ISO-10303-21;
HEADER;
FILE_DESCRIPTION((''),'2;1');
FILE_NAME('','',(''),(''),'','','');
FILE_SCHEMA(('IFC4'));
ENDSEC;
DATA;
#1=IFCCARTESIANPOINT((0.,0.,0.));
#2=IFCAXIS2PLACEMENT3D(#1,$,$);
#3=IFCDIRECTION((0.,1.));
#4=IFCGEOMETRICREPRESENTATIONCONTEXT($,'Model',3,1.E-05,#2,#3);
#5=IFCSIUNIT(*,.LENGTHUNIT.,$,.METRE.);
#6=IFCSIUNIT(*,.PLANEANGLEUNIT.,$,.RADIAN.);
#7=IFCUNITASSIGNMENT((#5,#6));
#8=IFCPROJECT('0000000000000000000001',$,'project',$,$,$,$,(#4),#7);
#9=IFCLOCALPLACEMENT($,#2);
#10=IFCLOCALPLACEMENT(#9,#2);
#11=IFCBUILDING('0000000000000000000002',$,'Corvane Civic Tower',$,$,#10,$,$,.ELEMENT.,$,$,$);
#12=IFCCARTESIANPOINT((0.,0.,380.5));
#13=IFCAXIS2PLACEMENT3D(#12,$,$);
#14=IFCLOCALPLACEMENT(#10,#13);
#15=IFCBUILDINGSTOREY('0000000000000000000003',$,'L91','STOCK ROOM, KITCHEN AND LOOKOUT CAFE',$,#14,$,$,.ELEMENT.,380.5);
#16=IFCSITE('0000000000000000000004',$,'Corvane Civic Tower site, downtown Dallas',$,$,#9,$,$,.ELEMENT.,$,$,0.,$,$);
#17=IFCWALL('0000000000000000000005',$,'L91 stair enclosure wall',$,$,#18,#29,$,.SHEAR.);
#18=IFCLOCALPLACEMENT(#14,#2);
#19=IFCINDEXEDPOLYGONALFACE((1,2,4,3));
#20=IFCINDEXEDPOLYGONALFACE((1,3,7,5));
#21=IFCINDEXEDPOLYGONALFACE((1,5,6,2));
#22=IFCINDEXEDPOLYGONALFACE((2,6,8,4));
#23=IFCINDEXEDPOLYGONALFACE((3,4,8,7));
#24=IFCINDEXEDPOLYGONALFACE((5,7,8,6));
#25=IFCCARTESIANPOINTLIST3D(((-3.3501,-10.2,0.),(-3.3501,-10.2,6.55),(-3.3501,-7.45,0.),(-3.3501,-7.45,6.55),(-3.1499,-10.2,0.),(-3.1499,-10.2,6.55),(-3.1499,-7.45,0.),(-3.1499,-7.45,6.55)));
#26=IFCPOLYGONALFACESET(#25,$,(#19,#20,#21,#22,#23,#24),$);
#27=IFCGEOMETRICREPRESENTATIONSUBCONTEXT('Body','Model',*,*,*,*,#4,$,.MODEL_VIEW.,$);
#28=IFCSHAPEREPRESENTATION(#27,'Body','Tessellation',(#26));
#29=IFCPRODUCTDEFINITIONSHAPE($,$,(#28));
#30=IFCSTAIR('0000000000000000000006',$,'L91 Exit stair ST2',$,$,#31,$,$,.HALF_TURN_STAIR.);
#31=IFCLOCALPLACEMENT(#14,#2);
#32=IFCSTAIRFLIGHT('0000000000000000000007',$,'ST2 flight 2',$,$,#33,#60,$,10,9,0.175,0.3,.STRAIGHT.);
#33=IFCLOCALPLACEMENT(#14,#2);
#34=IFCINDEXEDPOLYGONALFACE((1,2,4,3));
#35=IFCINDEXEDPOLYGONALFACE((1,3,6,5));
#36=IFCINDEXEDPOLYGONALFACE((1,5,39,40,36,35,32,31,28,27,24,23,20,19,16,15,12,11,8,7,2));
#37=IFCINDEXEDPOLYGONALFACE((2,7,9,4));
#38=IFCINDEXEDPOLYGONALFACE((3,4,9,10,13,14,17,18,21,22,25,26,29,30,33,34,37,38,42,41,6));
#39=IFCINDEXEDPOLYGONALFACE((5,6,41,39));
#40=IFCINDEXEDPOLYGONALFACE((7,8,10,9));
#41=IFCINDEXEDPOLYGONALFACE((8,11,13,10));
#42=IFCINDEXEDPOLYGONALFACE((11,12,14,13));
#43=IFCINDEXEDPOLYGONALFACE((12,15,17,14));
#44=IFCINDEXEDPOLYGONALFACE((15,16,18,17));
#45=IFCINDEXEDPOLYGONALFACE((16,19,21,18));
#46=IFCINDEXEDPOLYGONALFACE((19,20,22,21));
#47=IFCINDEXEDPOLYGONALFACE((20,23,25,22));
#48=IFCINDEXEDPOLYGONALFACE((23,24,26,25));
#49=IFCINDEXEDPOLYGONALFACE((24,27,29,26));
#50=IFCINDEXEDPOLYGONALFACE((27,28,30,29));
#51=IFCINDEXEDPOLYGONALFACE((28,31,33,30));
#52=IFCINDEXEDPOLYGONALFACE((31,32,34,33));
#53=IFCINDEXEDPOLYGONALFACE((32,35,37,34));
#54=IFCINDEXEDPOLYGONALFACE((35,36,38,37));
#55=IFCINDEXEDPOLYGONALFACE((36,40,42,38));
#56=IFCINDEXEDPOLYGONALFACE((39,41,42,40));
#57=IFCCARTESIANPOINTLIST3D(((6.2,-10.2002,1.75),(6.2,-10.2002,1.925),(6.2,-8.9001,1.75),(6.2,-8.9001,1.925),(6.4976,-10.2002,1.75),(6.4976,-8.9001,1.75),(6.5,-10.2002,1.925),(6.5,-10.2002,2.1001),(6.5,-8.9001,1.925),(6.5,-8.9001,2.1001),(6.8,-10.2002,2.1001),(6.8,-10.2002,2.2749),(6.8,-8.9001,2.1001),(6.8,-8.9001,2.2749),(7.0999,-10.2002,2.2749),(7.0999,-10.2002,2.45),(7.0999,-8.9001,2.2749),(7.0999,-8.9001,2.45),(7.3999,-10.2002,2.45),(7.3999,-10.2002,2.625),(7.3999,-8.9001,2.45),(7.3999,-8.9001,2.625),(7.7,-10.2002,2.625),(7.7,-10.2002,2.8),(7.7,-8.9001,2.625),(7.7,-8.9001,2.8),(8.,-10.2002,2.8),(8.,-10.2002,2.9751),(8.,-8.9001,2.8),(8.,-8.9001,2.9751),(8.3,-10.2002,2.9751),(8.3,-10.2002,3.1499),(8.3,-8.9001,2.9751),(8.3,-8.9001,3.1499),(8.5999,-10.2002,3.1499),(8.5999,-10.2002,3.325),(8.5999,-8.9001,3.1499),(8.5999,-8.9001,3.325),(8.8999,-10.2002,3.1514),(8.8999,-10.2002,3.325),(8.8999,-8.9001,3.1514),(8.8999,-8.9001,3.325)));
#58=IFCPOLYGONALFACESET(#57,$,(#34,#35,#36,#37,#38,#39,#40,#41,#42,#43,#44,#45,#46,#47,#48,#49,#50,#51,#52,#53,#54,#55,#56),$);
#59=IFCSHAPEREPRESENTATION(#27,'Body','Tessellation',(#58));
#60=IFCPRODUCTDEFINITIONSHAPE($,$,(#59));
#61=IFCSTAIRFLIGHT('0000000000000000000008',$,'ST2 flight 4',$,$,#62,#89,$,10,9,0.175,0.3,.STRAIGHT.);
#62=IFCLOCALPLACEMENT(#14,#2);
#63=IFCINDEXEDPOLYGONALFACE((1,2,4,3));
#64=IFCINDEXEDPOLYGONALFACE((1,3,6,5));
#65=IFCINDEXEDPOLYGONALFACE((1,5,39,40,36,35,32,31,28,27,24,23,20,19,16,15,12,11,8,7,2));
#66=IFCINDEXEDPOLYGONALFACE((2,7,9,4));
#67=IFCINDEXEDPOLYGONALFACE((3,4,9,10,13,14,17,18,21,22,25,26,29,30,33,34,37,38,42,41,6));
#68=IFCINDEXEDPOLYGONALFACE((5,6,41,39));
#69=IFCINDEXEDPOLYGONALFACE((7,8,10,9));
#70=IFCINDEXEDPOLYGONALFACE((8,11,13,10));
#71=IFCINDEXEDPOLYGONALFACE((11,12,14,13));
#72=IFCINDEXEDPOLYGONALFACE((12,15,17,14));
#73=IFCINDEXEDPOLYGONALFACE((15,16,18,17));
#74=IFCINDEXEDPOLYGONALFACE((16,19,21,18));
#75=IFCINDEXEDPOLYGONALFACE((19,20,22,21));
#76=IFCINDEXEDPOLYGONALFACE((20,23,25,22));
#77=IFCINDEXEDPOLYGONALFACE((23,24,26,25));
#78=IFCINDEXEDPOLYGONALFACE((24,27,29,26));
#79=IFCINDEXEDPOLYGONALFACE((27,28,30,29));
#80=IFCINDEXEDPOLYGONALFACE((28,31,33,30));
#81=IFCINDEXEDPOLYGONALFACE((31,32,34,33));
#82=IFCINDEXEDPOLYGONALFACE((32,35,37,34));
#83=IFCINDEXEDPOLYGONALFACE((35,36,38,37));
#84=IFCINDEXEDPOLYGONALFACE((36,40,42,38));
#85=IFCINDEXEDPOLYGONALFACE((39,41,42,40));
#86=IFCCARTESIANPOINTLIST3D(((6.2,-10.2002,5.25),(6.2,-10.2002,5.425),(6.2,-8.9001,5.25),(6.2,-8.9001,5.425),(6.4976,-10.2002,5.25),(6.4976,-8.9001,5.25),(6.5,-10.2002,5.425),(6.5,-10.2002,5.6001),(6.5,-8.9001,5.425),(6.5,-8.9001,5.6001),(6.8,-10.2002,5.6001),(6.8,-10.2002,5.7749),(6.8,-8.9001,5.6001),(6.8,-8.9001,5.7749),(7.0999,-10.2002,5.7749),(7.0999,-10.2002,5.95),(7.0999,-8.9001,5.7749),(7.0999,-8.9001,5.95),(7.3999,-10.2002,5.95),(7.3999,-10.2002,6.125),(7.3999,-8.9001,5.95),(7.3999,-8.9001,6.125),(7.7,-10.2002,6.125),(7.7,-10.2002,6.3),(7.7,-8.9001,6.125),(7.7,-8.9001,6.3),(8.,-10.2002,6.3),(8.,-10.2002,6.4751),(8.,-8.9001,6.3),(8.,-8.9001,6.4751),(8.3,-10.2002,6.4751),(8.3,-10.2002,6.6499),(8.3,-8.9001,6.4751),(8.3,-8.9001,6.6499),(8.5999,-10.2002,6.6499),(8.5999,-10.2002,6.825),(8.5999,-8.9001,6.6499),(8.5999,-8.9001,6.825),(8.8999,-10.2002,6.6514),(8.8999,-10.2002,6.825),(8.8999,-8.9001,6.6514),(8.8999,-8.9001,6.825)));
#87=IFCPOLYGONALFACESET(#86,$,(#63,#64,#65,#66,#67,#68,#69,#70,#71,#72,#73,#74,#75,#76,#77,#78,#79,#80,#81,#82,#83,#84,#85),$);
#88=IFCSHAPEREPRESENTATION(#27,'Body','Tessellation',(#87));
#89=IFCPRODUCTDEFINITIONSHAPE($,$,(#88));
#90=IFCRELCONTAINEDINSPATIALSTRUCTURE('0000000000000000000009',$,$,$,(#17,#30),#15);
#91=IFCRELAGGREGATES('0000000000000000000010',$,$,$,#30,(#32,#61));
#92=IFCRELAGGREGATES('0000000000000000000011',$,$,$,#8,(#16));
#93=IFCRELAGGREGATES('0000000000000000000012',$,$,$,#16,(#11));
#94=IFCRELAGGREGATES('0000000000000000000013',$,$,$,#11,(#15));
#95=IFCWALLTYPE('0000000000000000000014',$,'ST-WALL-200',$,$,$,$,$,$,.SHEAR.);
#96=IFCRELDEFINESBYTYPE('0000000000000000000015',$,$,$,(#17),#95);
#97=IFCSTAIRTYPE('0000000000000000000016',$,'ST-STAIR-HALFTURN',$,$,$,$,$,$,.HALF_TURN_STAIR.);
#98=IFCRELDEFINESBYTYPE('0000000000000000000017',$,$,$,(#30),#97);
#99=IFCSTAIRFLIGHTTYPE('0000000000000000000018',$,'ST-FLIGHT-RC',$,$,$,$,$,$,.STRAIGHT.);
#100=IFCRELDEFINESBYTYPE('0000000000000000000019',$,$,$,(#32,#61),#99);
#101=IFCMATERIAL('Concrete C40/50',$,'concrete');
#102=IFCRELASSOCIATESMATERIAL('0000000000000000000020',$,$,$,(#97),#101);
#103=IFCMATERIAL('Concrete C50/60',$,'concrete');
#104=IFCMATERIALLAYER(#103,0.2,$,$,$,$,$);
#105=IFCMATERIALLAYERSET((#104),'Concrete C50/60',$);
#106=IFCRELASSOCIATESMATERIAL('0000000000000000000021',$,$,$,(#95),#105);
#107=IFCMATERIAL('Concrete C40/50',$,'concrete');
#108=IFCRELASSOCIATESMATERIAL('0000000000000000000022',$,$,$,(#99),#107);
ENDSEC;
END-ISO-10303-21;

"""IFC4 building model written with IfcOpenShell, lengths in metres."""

from ifc_helpers import new_model, si_unit, direction, frame, origin, place, context, subcontext, project, spatial, polyline, outline, extrude, material, layer, layer_set, type_object, element, aggregate, save


model = new_model("IFC4")

# Units and contexts
model_context = context("Model", 3, precision=1e-05, world=origin(), true_north=direction((0.0, 1.0)))
body_context = subcontext(model_context, "Body", "Model", "MODEL_VIEW")
ifc_project = project(units=[si_unit("LENGTHUNIT", "METRE"), si_unit("PLANEANGLEUNIT", "RADIAN")], contexts=[model_context])

# Site, building, storey
site_placement = place(None, origin())
site = spatial("IfcSite", under=ifc_project, at=site_placement, Name="Corvane Civic Tower site, downtown Dallas", CompositionType="ELEMENT", RefElevation=0.0)
building_placement = place(site_placement, origin())
building = spatial("IfcBuilding", under=site, at=building_placement, Name="Corvane Civic Tower", CompositionType="ELEMENT")
storey_placement = place(building_placement, frame((0.0, 0.0, 380.5)))
storey = spatial("IfcBuildingStorey", under=building, at=storey_placement, Name="L91", Description="STOCK ROOM, KITCHEN AND LOOKOUT CAFE", CompositionType="ELEMENT", Elevation=380.5)

# Shared definitions
ifc_material_1 = material(Name="Concrete C40/50", Category="concrete")
stair_type = type_object("IfcStairType", Name="ST-STAIR-HALFTURN", PredefinedType="HALF_TURN_STAIR", material=ifc_material_1)

# Shared definitions
ifc_material_2 = material(Name="Concrete C50/60", Category="concrete")
ifc_layer_1 = layer(ifc_material_2, 0.2)
ifc_layer_set_1 = layer_set([ifc_layer_1], Name="Concrete C50/60")
wall_type_1 = type_object("IfcWallType", Name="ST-WALL-200", PredefinedType="SHEAR", material=ifc_layer_set_1)

# Wall
wall_1_placement = place(storey_placement, origin())
element("IfcWall", 1, at=wall_1_placement, inside=storey, type_object=wall_type_1, Name="L91 stair enclosure wall", PredefinedType="SHEAR", context=body_context, shape_type="SweptSolid", body=[
    extrude(outline(polyline([(-3.1499, -7.45), (-3.1499, -10.2), (-3.3501, -10.2), (-3.3501, -7.45), (-3.1499, -7.45)])), origin(), (0.0, 0.0, 1.0), 6.55),
])

# Stair, stair flights
stair_1_placement = place(storey_placement, origin())
stair_1 = element("IfcStair", 2, at=stair_1_placement, inside=storey, type_object=stair_type, Name="L91 Exit stair ST2", PredefinedType="HALF_TURN_STAIR")
ifc_material_3 = material(Name="Concrete C40/50", Category="concrete")
stair_flight_type = type_object("IfcStairFlightType", Name="ST-FLIGHT-RC", PredefinedType="STRAIGHT", material=ifc_material_3)
stair_flight_1_placement = place(storey_placement, frame((6.2, -9.55, 1.75), z_axis=(0.0, 0.0, 1.0), x_axis=(1.0, 0.0, 0.0)))
stair_flight_1 = element("IfcStairFlight", 3, at=stair_flight_1_placement, type_object=stair_flight_type, Name="ST2 flight 2", NumberOfRisers=10, NumberOfTreads=9, PredefinedType="STRAIGHT", RiserHeight=0.175, TreadLength=0.3, context=body_context, shape_type="SweptSolid", body=[
    extrude(outline(polyline([(0.0, 0.0), (0.0, 0.175), (0.3, 0.175), (0.3, 0.3501), (0.6001, 0.3501), (0.6001, 0.5249), (0.8999, 0.5249), (0.8999, 0.7), (1.2, 0.7), (1.2, 0.875), (1.5, 0.875), (1.5, 1.05), (1.8, 1.05), (1.8, 1.2251), (2.1001, 1.2251), (2.1001, 1.3999), (2.3999, 1.3999), (2.3999, 1.575), (2.7, 1.575), (2.7, 1.75), (2.7, 1.4014), (0.2976, 0.0), (0.0, 0.0)])), frame((0.0, 0.6499, 0.0), z_axis=(0.0, -1.0, 0.0), x_axis=(1.0, 0.0, 0.0)), (0.0, 0.0, 1.0), 1.3),
])
stair_flight_2_placement = place(storey_placement, frame((6.2, -9.55, 5.25), z_axis=(0.0, 0.0, 1.0), x_axis=(1.0, 0.0, 0.0)))
stair_flight_2 = element("IfcStairFlight", 4, at=stair_flight_2_placement, type_object=stair_flight_type, Name="ST2 flight 4", NumberOfRisers=10, NumberOfTreads=9, PredefinedType="STRAIGHT", RiserHeight=0.175, TreadLength=0.3, context=body_context, shape_type="SweptSolid", body=[
    extrude(outline(polyline([(0.0, 0.0), (0.0, 0.175), (0.3, 0.175), (0.3, 0.3501), (0.6001, 0.3501), (0.6001, 0.5249), (0.8999, 0.5249), (0.8999, 0.7), (1.2, 0.7), (1.2, 0.875), (1.5, 0.875), (1.5, 1.05), (1.8, 1.05), (1.8, 1.2251), (2.1001, 1.2251), (2.1001, 1.3999), (2.3999, 1.3999), (2.3999, 1.575), (2.7, 1.575), (2.7, 1.75), (2.7, 1.4014), (0.2976, 0.0), (0.0, 0.0)])), frame((0.0, 0.6499, 0.0), z_axis=(0.0, -1.0, 0.0), x_axis=(1.0, 0.0, 0.0)), (0.0, 0.0, 1.0), 1.3),
])
aggregate(stair_1, [stair_flight_1, stair_flight_2])

save(model, "model.ifc")
